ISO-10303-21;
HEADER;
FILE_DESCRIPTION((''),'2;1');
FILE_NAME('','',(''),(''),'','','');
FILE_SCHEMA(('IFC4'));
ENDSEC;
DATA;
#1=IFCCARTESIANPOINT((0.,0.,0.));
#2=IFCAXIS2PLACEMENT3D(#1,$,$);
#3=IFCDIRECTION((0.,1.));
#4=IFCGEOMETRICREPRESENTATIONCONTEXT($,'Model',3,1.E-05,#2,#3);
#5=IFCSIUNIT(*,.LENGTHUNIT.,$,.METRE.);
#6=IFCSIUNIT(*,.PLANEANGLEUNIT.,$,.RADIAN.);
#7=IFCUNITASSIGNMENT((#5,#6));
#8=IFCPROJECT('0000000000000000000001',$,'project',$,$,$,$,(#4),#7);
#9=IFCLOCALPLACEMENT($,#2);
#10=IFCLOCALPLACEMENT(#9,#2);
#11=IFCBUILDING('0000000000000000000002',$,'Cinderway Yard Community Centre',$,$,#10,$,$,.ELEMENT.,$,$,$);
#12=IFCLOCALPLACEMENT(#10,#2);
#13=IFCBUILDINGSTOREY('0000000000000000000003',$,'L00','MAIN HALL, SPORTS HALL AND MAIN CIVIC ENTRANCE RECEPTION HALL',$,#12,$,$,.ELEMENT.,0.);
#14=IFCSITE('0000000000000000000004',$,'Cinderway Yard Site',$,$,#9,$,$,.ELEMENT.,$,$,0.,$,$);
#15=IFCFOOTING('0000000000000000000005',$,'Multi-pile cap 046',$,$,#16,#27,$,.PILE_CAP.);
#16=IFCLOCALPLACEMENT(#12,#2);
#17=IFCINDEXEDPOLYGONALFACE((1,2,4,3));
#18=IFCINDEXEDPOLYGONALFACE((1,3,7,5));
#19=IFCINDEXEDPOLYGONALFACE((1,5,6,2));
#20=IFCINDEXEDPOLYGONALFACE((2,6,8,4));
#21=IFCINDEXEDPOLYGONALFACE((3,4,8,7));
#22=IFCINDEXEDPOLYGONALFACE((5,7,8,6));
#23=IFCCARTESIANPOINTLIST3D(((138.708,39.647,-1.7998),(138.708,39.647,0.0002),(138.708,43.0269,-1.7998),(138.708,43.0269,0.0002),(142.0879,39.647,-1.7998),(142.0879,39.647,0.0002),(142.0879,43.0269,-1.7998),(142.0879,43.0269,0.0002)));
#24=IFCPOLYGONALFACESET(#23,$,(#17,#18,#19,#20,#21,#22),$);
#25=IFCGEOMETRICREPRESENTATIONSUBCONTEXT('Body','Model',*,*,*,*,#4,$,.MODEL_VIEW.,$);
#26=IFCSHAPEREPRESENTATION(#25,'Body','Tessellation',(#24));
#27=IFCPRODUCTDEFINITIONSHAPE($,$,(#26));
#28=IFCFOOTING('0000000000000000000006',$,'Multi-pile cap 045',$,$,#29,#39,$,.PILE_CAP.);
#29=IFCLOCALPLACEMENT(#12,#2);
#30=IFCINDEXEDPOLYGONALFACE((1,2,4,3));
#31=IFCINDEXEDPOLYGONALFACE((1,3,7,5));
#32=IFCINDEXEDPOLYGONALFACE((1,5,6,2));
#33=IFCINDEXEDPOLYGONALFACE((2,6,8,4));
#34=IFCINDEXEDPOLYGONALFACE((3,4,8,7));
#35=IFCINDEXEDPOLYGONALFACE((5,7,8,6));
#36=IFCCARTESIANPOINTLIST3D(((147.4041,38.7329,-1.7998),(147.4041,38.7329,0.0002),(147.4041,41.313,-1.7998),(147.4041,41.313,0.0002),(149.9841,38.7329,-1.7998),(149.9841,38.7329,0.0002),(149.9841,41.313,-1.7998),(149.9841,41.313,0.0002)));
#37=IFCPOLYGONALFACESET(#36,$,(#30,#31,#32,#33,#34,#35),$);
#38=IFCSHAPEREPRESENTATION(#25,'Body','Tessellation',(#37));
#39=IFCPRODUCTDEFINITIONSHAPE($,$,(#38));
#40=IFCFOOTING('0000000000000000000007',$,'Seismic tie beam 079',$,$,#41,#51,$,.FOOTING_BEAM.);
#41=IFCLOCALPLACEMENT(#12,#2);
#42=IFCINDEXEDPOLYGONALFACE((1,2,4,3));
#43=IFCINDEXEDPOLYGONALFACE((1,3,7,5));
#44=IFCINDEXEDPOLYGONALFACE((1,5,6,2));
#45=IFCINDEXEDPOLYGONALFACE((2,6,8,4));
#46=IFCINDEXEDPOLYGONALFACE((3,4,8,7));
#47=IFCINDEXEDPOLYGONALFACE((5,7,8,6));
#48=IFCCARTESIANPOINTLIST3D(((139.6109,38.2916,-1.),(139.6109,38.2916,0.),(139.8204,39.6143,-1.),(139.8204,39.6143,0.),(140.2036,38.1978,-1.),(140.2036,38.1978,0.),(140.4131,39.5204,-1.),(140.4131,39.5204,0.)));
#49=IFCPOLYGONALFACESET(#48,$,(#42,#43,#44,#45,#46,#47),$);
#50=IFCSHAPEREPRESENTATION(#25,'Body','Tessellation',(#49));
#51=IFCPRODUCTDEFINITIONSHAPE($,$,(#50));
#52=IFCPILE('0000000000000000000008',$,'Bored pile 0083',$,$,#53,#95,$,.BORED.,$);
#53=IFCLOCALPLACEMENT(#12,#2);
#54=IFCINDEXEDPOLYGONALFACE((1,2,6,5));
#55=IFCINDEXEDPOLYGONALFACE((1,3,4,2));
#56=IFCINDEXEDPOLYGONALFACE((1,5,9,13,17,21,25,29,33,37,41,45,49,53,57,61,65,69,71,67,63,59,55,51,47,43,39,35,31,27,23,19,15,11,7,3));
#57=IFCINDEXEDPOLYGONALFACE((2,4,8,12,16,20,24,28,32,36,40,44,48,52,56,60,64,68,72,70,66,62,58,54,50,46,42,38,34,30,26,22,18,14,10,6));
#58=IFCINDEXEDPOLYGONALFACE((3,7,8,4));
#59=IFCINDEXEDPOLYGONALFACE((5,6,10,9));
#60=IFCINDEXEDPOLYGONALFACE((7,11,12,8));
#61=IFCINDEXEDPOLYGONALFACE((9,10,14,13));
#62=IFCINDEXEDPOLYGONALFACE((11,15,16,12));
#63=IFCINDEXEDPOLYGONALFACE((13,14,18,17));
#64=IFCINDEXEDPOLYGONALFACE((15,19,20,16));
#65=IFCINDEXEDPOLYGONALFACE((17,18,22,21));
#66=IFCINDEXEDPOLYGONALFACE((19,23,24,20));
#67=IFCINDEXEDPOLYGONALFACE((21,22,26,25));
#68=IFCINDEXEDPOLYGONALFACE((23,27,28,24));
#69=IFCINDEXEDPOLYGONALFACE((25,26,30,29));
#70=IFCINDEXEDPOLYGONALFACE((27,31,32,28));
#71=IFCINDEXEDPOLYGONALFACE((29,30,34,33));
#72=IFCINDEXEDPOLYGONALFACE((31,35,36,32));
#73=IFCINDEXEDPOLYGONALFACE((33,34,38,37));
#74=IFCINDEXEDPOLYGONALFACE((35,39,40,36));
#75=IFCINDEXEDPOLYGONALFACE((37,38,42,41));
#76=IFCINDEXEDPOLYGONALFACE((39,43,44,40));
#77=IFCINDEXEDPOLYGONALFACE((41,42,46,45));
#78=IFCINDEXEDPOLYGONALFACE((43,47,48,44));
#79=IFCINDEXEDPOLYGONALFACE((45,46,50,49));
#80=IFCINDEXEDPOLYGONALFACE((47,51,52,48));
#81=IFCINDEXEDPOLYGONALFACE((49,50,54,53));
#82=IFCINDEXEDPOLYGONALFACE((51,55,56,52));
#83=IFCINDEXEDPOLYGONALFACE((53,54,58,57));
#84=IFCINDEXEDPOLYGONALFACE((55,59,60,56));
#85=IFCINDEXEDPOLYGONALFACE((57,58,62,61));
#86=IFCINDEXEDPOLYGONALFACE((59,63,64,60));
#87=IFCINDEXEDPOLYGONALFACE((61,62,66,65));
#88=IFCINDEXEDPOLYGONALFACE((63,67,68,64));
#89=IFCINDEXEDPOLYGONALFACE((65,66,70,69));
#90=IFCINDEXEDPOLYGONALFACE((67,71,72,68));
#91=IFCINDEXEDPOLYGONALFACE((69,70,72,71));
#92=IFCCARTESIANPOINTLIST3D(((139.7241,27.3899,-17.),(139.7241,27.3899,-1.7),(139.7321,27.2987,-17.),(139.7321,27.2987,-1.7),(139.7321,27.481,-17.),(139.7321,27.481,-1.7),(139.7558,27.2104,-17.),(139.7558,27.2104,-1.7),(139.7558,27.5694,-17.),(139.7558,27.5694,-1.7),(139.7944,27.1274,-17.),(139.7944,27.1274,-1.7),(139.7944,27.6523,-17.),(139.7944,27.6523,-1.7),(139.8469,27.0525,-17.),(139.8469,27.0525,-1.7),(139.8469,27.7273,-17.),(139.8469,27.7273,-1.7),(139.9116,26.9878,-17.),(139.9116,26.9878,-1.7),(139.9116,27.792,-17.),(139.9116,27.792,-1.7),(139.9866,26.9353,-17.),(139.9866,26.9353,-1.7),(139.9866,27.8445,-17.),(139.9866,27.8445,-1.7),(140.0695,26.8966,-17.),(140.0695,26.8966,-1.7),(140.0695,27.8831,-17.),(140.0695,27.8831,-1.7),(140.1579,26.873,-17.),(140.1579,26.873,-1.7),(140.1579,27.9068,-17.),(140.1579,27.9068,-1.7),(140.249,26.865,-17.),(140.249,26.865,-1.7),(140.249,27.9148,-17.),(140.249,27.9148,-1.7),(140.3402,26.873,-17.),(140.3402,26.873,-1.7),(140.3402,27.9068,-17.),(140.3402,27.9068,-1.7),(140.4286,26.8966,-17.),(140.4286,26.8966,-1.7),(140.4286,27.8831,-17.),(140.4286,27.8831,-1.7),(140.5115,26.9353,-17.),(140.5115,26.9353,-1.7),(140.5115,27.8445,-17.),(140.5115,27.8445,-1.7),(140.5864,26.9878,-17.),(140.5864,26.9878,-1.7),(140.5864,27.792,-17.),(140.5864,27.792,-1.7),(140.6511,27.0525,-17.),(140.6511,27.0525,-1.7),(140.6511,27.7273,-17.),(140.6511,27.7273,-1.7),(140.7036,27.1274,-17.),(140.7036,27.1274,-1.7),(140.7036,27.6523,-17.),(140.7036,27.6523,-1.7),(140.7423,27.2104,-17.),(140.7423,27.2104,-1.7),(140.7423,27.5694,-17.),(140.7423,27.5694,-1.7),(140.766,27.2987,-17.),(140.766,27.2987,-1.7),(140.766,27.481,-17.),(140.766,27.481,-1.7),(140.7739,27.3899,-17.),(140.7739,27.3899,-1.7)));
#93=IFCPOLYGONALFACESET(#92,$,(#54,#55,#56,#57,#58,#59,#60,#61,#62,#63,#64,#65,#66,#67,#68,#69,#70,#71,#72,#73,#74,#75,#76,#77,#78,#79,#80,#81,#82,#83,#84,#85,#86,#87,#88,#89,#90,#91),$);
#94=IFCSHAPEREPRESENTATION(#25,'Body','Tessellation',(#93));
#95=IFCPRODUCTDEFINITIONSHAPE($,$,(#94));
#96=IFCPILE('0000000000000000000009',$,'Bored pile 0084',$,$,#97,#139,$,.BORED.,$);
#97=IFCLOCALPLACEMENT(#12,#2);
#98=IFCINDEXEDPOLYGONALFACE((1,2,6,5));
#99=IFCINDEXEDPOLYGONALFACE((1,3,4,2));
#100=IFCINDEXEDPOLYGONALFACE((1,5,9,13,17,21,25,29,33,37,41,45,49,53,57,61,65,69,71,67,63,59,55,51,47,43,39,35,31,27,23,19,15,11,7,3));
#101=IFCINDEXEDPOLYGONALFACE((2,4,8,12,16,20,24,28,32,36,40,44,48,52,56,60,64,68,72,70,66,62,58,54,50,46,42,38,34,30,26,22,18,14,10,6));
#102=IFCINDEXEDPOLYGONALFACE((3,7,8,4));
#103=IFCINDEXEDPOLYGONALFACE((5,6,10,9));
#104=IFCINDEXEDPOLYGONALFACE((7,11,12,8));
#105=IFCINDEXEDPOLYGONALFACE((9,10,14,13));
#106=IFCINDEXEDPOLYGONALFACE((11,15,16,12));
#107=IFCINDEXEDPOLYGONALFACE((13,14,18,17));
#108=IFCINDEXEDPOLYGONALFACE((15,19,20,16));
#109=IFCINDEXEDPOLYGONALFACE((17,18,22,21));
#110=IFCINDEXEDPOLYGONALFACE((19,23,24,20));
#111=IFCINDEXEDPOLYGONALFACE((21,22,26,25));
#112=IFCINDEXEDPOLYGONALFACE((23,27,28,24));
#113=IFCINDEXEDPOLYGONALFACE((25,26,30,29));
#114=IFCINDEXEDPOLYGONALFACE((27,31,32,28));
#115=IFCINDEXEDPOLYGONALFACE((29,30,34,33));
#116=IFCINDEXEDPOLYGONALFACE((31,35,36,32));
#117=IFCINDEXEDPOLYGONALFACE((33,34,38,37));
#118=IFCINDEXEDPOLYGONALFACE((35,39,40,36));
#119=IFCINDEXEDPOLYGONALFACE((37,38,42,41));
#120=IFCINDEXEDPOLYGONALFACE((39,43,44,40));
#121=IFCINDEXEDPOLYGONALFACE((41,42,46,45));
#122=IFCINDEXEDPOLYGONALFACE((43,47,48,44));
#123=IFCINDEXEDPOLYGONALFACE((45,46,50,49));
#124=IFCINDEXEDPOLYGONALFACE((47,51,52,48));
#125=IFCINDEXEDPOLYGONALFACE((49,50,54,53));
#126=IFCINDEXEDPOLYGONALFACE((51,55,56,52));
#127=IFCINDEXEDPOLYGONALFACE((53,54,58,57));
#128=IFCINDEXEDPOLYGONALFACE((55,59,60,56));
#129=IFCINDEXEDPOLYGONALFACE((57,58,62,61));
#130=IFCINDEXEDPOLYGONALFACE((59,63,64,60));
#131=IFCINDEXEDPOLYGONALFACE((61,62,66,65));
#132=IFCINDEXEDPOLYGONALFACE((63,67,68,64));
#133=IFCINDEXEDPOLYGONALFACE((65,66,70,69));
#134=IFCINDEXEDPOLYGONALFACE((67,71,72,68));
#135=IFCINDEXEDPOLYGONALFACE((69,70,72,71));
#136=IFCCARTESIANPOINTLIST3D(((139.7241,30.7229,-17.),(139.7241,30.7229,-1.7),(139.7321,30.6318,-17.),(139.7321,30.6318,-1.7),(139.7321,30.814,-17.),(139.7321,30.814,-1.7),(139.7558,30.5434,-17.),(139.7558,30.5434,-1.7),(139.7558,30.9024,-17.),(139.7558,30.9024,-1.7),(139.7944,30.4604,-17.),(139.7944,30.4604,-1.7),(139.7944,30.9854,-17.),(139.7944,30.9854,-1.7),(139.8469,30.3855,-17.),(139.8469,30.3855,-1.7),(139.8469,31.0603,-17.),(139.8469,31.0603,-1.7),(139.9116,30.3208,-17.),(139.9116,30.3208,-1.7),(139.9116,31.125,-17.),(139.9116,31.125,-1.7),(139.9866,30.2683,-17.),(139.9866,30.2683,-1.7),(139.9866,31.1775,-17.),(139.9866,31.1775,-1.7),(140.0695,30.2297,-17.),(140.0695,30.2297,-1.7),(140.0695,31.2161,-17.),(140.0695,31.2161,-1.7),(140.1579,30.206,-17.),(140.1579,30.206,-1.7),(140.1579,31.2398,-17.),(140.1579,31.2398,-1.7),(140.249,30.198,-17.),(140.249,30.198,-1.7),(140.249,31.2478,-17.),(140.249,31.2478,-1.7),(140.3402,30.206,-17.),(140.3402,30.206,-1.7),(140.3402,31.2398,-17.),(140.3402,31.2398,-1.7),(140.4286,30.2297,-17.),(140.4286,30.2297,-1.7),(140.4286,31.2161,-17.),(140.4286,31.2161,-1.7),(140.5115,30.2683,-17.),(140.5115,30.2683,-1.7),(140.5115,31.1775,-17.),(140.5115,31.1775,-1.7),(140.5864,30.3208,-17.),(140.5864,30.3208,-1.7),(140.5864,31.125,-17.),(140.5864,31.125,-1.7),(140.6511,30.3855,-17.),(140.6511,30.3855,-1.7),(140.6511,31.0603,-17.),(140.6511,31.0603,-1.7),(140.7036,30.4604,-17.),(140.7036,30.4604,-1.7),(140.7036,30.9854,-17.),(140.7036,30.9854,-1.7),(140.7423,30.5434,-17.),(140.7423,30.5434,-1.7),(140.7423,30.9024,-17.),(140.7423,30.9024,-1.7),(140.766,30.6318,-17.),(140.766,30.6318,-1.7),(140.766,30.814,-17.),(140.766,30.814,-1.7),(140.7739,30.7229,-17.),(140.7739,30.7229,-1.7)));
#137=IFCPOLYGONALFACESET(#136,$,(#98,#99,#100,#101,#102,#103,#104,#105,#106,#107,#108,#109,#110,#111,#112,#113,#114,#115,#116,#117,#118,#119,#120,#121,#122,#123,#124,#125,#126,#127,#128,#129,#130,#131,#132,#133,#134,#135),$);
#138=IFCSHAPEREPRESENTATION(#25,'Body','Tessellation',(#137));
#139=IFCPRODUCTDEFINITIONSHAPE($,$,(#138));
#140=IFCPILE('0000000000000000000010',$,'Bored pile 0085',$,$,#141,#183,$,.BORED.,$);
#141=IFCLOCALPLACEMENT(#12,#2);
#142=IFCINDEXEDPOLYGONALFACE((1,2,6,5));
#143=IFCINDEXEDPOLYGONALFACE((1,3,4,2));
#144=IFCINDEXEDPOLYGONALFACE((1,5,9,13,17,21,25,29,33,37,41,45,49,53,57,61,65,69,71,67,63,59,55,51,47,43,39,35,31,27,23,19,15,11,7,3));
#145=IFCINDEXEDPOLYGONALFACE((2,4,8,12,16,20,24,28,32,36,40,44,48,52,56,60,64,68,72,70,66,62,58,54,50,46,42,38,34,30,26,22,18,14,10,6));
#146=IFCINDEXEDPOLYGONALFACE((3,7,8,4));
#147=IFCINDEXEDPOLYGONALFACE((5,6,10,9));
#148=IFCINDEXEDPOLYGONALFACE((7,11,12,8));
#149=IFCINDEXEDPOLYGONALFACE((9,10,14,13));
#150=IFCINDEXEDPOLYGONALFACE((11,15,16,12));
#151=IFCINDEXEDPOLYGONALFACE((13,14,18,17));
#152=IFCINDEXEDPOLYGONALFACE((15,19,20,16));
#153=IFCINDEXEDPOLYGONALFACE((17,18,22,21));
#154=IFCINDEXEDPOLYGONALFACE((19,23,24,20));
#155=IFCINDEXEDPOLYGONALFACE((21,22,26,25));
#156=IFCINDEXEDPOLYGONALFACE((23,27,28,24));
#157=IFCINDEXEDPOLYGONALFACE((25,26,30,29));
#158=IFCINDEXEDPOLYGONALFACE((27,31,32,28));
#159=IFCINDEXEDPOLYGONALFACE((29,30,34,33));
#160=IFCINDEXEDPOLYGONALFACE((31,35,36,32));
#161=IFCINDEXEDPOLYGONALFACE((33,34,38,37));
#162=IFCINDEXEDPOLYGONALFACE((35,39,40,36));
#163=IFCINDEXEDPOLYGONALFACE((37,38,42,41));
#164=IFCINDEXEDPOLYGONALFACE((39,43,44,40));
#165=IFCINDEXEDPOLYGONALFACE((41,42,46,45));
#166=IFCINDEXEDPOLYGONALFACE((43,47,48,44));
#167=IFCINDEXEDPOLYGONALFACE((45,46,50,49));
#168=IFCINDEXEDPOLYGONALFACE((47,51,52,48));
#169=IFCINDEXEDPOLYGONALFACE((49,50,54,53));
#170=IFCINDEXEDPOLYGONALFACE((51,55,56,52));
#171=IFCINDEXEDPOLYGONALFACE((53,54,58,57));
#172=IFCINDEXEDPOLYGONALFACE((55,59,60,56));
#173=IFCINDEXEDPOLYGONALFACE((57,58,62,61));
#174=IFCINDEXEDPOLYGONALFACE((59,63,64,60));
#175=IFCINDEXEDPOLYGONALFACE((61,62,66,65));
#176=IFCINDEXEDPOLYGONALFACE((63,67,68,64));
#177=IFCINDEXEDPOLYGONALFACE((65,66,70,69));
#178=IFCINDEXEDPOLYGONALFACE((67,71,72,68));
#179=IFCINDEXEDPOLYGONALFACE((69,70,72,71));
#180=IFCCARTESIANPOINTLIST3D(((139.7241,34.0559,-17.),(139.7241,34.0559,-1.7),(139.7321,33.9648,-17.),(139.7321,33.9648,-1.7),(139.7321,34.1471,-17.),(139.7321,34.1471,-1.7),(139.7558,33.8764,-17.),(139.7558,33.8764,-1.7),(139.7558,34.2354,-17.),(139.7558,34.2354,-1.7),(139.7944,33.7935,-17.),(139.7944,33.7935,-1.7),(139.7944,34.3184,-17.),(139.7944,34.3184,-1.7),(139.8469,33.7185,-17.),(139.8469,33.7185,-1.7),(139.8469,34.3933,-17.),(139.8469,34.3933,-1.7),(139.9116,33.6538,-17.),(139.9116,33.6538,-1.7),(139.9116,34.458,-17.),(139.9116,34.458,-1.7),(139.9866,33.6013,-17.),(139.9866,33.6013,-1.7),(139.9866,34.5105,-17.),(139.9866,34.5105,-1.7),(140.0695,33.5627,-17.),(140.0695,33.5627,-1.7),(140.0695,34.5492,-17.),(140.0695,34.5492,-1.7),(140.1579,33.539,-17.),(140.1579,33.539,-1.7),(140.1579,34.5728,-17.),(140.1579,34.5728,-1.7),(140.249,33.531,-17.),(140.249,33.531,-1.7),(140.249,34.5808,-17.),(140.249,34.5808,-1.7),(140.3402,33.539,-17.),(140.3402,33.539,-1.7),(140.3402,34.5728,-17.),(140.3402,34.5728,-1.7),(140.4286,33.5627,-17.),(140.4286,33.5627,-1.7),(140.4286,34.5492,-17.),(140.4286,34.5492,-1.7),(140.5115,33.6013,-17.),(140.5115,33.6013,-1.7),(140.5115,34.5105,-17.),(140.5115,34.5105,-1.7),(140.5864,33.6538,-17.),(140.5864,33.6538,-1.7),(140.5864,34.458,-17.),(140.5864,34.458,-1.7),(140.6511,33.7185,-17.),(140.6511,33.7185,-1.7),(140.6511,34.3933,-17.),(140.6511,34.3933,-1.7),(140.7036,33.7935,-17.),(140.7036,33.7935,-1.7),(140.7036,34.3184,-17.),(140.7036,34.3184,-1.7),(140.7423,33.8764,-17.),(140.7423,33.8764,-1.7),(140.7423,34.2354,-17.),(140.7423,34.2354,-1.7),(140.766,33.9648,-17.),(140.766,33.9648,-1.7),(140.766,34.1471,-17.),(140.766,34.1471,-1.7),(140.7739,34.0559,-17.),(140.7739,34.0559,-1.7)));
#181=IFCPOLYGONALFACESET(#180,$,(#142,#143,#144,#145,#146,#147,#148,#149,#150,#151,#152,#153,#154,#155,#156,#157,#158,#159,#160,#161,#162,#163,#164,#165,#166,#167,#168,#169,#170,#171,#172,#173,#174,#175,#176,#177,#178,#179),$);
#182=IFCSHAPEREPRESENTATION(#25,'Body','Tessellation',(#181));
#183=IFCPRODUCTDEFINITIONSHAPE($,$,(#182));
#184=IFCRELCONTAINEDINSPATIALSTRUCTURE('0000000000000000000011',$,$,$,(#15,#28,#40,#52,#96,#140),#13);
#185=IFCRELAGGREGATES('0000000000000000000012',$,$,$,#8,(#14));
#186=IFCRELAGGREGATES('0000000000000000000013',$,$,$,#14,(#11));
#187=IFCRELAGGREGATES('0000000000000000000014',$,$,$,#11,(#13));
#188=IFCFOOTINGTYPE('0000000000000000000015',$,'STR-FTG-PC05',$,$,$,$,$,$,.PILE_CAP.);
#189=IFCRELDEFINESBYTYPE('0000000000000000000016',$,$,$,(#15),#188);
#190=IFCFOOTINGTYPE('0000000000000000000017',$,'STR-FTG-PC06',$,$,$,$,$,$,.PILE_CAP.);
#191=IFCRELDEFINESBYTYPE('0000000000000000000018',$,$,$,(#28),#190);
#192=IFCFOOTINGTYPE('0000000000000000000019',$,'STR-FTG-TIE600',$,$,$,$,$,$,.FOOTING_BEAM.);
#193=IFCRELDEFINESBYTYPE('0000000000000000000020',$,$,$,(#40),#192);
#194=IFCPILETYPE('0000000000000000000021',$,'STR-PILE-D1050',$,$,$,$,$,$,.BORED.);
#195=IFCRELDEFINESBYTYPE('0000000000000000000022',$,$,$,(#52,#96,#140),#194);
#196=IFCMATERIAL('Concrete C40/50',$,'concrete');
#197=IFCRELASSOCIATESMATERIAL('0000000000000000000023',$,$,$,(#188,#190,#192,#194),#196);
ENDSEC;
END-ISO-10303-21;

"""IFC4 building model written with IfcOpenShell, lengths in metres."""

from ifc_helpers import new_model, si_unit, direction, frame, origin, origin_2d, place, context, subcontext, project, spatial, rectangle, circle, extrude, material, material_profile, profile_set, type_object, element, save


model = new_model("IFC4")

# Units and contexts
model_context = context("Model", 3, precision=1e-05, world=origin(), true_north=direction((0.0, 1.0)))
body_context = subcontext(model_context, "Body", "Model", "MODEL_VIEW")
ifc_project = project(units=[si_unit("LENGTHUNIT", "METRE"), si_unit("PLANEANGLEUNIT", "RADIAN")], contexts=[model_context])

# Site, building, storey
site_placement = place(None, origin())
site = spatial("IfcSite", under=ifc_project, at=site_placement, Name="Cinderway Yard Site", CompositionType="ELEMENT", RefElevation=0.0)
building_placement = place(site_placement, origin())
building = spatial("IfcBuilding", under=site, at=building_placement, Name="Cinderway Yard Community Centre", CompositionType="ELEMENT")
storey_placement = place(building_placement, origin())
storey = spatial("IfcBuildingStorey", under=building, at=storey_placement, Name="L00", Description="MAIN HALL, SPORTS HALL AND MAIN CIVIC ENTRANCE RECEPTION HALL", CompositionType="ELEMENT", Elevation=0.0)

# Footings
ifc_material_1 = material(Name="Concrete C40/50", Category="concrete")
footing_type_1 = type_object("IfcFootingType", Name="STR-FTG-PC05", PredefinedType="PILE_CAP", material=ifc_material_1)
footing_1_placement = place(storey_placement, frame((140.3979, 41.3369, -1.7998), z_axis=(0.0, 0.0, 1.0), x_axis=(1.0, 0.0, 0.0)))
element("IfcFooting", 1, at=footing_1_placement, inside=storey, type_object=footing_type_1, Name="Multi-pile cap 046", PredefinedType="PILE_CAP", context=body_context, shape_type="SweptSolid", body=[
    extrude(rectangle(XDim=3.3799, YDim=3.3799, at=origin_2d()), origin(), (0.0, 0.0, 1.0), 1.8),
])
footing_type_2 = type_object("IfcFootingType", Name="STR-FTG-PC06", PredefinedType="PILE_CAP", material=ifc_material_1)
footing_2_placement = place(storey_placement, frame((148.6941, 40.0229, -1.7998), z_axis=(0.0, 0.0, 1.0), x_axis=(1.0, 0.0, 0.0)))
element("IfcFooting", 2, at=footing_2_placement, inside=storey, type_object=footing_type_2, Name="Multi-pile cap 045", PredefinedType="PILE_CAP", context=body_context, shape_type="SweptSolid", body=[
    extrude(rectangle(XDim=2.5801, YDim=2.5801, at=origin_2d()), origin(), (0.0, 0.0, 1.0), 1.8),
])
footing_type_3 = type_object("IfcFootingType", Name="STR-FTG-TIE600", PredefinedType="FOOTING_BEAM", material=ifc_material_1)
footing_3_placement = place(storey_placement, frame((140.012, 38.906, -1.0), z_axis=(0.0, 0.0, 1.0), x_axis=(0.156452, 0.987686, 0.0)))
element("IfcFooting", 3, at=footing_3_placement, inside=storey, type_object=footing_type_3, Name="Seismic tie beam 079", PredefinedType="FOOTING_BEAM", context=body_context, shape_type="SweptSolid", body=[
    extrude(rectangle(XDim=1.3391, YDim=0.6001, at=origin_2d()), origin(), (0.0, 0.0, 1.0), 1.0),
])

# Piles
ifc_material_profile_1 = material_profile(ifc_material_1, circle(Radius=0.5249, at=origin_2d()), Name="Concrete C40/50")
ifc_profile_set_1 = profile_set([ifc_material_profile_1], Name="Concrete C40/50")
pile_type_1 = type_object("IfcPileType", Name="STR-PILE-D1050", PredefinedType="BORED", material=ifc_profile_set_1)
for number, where, z_axis, x_axis, name in (
    (4, (140.249, 27.3899, -1.7), (0.0, 0.0, -1.0), (1.0, 0.0, 0.0), "Bored pile 0083"),
    (5, (140.249, 30.7229, -1.7), (0.0, 0.0, -1.0), (1.0, 0.0, 0.0), "Bored pile 0084"),
    (6, (140.249, 34.0559, -1.7), (0.0, 0.0, -1.0), (1.0, 0.0, 0.0), "Bored pile 0085"),
):
    element("IfcPile", number, at=place(storey_placement, frame(where, z_axis=z_axis, x_axis=x_axis)), inside=storey, type_object=pile_type_1, Name=name, PredefinedType="BORED", context=body_context, shape_type="SweptSolid", body=[
        extrude(circle(Radius=0.5249, at=origin_2d()), origin(), (0.0, 0.0, 1.0), 15.3),
    ])

save(model, "model.ifc")
